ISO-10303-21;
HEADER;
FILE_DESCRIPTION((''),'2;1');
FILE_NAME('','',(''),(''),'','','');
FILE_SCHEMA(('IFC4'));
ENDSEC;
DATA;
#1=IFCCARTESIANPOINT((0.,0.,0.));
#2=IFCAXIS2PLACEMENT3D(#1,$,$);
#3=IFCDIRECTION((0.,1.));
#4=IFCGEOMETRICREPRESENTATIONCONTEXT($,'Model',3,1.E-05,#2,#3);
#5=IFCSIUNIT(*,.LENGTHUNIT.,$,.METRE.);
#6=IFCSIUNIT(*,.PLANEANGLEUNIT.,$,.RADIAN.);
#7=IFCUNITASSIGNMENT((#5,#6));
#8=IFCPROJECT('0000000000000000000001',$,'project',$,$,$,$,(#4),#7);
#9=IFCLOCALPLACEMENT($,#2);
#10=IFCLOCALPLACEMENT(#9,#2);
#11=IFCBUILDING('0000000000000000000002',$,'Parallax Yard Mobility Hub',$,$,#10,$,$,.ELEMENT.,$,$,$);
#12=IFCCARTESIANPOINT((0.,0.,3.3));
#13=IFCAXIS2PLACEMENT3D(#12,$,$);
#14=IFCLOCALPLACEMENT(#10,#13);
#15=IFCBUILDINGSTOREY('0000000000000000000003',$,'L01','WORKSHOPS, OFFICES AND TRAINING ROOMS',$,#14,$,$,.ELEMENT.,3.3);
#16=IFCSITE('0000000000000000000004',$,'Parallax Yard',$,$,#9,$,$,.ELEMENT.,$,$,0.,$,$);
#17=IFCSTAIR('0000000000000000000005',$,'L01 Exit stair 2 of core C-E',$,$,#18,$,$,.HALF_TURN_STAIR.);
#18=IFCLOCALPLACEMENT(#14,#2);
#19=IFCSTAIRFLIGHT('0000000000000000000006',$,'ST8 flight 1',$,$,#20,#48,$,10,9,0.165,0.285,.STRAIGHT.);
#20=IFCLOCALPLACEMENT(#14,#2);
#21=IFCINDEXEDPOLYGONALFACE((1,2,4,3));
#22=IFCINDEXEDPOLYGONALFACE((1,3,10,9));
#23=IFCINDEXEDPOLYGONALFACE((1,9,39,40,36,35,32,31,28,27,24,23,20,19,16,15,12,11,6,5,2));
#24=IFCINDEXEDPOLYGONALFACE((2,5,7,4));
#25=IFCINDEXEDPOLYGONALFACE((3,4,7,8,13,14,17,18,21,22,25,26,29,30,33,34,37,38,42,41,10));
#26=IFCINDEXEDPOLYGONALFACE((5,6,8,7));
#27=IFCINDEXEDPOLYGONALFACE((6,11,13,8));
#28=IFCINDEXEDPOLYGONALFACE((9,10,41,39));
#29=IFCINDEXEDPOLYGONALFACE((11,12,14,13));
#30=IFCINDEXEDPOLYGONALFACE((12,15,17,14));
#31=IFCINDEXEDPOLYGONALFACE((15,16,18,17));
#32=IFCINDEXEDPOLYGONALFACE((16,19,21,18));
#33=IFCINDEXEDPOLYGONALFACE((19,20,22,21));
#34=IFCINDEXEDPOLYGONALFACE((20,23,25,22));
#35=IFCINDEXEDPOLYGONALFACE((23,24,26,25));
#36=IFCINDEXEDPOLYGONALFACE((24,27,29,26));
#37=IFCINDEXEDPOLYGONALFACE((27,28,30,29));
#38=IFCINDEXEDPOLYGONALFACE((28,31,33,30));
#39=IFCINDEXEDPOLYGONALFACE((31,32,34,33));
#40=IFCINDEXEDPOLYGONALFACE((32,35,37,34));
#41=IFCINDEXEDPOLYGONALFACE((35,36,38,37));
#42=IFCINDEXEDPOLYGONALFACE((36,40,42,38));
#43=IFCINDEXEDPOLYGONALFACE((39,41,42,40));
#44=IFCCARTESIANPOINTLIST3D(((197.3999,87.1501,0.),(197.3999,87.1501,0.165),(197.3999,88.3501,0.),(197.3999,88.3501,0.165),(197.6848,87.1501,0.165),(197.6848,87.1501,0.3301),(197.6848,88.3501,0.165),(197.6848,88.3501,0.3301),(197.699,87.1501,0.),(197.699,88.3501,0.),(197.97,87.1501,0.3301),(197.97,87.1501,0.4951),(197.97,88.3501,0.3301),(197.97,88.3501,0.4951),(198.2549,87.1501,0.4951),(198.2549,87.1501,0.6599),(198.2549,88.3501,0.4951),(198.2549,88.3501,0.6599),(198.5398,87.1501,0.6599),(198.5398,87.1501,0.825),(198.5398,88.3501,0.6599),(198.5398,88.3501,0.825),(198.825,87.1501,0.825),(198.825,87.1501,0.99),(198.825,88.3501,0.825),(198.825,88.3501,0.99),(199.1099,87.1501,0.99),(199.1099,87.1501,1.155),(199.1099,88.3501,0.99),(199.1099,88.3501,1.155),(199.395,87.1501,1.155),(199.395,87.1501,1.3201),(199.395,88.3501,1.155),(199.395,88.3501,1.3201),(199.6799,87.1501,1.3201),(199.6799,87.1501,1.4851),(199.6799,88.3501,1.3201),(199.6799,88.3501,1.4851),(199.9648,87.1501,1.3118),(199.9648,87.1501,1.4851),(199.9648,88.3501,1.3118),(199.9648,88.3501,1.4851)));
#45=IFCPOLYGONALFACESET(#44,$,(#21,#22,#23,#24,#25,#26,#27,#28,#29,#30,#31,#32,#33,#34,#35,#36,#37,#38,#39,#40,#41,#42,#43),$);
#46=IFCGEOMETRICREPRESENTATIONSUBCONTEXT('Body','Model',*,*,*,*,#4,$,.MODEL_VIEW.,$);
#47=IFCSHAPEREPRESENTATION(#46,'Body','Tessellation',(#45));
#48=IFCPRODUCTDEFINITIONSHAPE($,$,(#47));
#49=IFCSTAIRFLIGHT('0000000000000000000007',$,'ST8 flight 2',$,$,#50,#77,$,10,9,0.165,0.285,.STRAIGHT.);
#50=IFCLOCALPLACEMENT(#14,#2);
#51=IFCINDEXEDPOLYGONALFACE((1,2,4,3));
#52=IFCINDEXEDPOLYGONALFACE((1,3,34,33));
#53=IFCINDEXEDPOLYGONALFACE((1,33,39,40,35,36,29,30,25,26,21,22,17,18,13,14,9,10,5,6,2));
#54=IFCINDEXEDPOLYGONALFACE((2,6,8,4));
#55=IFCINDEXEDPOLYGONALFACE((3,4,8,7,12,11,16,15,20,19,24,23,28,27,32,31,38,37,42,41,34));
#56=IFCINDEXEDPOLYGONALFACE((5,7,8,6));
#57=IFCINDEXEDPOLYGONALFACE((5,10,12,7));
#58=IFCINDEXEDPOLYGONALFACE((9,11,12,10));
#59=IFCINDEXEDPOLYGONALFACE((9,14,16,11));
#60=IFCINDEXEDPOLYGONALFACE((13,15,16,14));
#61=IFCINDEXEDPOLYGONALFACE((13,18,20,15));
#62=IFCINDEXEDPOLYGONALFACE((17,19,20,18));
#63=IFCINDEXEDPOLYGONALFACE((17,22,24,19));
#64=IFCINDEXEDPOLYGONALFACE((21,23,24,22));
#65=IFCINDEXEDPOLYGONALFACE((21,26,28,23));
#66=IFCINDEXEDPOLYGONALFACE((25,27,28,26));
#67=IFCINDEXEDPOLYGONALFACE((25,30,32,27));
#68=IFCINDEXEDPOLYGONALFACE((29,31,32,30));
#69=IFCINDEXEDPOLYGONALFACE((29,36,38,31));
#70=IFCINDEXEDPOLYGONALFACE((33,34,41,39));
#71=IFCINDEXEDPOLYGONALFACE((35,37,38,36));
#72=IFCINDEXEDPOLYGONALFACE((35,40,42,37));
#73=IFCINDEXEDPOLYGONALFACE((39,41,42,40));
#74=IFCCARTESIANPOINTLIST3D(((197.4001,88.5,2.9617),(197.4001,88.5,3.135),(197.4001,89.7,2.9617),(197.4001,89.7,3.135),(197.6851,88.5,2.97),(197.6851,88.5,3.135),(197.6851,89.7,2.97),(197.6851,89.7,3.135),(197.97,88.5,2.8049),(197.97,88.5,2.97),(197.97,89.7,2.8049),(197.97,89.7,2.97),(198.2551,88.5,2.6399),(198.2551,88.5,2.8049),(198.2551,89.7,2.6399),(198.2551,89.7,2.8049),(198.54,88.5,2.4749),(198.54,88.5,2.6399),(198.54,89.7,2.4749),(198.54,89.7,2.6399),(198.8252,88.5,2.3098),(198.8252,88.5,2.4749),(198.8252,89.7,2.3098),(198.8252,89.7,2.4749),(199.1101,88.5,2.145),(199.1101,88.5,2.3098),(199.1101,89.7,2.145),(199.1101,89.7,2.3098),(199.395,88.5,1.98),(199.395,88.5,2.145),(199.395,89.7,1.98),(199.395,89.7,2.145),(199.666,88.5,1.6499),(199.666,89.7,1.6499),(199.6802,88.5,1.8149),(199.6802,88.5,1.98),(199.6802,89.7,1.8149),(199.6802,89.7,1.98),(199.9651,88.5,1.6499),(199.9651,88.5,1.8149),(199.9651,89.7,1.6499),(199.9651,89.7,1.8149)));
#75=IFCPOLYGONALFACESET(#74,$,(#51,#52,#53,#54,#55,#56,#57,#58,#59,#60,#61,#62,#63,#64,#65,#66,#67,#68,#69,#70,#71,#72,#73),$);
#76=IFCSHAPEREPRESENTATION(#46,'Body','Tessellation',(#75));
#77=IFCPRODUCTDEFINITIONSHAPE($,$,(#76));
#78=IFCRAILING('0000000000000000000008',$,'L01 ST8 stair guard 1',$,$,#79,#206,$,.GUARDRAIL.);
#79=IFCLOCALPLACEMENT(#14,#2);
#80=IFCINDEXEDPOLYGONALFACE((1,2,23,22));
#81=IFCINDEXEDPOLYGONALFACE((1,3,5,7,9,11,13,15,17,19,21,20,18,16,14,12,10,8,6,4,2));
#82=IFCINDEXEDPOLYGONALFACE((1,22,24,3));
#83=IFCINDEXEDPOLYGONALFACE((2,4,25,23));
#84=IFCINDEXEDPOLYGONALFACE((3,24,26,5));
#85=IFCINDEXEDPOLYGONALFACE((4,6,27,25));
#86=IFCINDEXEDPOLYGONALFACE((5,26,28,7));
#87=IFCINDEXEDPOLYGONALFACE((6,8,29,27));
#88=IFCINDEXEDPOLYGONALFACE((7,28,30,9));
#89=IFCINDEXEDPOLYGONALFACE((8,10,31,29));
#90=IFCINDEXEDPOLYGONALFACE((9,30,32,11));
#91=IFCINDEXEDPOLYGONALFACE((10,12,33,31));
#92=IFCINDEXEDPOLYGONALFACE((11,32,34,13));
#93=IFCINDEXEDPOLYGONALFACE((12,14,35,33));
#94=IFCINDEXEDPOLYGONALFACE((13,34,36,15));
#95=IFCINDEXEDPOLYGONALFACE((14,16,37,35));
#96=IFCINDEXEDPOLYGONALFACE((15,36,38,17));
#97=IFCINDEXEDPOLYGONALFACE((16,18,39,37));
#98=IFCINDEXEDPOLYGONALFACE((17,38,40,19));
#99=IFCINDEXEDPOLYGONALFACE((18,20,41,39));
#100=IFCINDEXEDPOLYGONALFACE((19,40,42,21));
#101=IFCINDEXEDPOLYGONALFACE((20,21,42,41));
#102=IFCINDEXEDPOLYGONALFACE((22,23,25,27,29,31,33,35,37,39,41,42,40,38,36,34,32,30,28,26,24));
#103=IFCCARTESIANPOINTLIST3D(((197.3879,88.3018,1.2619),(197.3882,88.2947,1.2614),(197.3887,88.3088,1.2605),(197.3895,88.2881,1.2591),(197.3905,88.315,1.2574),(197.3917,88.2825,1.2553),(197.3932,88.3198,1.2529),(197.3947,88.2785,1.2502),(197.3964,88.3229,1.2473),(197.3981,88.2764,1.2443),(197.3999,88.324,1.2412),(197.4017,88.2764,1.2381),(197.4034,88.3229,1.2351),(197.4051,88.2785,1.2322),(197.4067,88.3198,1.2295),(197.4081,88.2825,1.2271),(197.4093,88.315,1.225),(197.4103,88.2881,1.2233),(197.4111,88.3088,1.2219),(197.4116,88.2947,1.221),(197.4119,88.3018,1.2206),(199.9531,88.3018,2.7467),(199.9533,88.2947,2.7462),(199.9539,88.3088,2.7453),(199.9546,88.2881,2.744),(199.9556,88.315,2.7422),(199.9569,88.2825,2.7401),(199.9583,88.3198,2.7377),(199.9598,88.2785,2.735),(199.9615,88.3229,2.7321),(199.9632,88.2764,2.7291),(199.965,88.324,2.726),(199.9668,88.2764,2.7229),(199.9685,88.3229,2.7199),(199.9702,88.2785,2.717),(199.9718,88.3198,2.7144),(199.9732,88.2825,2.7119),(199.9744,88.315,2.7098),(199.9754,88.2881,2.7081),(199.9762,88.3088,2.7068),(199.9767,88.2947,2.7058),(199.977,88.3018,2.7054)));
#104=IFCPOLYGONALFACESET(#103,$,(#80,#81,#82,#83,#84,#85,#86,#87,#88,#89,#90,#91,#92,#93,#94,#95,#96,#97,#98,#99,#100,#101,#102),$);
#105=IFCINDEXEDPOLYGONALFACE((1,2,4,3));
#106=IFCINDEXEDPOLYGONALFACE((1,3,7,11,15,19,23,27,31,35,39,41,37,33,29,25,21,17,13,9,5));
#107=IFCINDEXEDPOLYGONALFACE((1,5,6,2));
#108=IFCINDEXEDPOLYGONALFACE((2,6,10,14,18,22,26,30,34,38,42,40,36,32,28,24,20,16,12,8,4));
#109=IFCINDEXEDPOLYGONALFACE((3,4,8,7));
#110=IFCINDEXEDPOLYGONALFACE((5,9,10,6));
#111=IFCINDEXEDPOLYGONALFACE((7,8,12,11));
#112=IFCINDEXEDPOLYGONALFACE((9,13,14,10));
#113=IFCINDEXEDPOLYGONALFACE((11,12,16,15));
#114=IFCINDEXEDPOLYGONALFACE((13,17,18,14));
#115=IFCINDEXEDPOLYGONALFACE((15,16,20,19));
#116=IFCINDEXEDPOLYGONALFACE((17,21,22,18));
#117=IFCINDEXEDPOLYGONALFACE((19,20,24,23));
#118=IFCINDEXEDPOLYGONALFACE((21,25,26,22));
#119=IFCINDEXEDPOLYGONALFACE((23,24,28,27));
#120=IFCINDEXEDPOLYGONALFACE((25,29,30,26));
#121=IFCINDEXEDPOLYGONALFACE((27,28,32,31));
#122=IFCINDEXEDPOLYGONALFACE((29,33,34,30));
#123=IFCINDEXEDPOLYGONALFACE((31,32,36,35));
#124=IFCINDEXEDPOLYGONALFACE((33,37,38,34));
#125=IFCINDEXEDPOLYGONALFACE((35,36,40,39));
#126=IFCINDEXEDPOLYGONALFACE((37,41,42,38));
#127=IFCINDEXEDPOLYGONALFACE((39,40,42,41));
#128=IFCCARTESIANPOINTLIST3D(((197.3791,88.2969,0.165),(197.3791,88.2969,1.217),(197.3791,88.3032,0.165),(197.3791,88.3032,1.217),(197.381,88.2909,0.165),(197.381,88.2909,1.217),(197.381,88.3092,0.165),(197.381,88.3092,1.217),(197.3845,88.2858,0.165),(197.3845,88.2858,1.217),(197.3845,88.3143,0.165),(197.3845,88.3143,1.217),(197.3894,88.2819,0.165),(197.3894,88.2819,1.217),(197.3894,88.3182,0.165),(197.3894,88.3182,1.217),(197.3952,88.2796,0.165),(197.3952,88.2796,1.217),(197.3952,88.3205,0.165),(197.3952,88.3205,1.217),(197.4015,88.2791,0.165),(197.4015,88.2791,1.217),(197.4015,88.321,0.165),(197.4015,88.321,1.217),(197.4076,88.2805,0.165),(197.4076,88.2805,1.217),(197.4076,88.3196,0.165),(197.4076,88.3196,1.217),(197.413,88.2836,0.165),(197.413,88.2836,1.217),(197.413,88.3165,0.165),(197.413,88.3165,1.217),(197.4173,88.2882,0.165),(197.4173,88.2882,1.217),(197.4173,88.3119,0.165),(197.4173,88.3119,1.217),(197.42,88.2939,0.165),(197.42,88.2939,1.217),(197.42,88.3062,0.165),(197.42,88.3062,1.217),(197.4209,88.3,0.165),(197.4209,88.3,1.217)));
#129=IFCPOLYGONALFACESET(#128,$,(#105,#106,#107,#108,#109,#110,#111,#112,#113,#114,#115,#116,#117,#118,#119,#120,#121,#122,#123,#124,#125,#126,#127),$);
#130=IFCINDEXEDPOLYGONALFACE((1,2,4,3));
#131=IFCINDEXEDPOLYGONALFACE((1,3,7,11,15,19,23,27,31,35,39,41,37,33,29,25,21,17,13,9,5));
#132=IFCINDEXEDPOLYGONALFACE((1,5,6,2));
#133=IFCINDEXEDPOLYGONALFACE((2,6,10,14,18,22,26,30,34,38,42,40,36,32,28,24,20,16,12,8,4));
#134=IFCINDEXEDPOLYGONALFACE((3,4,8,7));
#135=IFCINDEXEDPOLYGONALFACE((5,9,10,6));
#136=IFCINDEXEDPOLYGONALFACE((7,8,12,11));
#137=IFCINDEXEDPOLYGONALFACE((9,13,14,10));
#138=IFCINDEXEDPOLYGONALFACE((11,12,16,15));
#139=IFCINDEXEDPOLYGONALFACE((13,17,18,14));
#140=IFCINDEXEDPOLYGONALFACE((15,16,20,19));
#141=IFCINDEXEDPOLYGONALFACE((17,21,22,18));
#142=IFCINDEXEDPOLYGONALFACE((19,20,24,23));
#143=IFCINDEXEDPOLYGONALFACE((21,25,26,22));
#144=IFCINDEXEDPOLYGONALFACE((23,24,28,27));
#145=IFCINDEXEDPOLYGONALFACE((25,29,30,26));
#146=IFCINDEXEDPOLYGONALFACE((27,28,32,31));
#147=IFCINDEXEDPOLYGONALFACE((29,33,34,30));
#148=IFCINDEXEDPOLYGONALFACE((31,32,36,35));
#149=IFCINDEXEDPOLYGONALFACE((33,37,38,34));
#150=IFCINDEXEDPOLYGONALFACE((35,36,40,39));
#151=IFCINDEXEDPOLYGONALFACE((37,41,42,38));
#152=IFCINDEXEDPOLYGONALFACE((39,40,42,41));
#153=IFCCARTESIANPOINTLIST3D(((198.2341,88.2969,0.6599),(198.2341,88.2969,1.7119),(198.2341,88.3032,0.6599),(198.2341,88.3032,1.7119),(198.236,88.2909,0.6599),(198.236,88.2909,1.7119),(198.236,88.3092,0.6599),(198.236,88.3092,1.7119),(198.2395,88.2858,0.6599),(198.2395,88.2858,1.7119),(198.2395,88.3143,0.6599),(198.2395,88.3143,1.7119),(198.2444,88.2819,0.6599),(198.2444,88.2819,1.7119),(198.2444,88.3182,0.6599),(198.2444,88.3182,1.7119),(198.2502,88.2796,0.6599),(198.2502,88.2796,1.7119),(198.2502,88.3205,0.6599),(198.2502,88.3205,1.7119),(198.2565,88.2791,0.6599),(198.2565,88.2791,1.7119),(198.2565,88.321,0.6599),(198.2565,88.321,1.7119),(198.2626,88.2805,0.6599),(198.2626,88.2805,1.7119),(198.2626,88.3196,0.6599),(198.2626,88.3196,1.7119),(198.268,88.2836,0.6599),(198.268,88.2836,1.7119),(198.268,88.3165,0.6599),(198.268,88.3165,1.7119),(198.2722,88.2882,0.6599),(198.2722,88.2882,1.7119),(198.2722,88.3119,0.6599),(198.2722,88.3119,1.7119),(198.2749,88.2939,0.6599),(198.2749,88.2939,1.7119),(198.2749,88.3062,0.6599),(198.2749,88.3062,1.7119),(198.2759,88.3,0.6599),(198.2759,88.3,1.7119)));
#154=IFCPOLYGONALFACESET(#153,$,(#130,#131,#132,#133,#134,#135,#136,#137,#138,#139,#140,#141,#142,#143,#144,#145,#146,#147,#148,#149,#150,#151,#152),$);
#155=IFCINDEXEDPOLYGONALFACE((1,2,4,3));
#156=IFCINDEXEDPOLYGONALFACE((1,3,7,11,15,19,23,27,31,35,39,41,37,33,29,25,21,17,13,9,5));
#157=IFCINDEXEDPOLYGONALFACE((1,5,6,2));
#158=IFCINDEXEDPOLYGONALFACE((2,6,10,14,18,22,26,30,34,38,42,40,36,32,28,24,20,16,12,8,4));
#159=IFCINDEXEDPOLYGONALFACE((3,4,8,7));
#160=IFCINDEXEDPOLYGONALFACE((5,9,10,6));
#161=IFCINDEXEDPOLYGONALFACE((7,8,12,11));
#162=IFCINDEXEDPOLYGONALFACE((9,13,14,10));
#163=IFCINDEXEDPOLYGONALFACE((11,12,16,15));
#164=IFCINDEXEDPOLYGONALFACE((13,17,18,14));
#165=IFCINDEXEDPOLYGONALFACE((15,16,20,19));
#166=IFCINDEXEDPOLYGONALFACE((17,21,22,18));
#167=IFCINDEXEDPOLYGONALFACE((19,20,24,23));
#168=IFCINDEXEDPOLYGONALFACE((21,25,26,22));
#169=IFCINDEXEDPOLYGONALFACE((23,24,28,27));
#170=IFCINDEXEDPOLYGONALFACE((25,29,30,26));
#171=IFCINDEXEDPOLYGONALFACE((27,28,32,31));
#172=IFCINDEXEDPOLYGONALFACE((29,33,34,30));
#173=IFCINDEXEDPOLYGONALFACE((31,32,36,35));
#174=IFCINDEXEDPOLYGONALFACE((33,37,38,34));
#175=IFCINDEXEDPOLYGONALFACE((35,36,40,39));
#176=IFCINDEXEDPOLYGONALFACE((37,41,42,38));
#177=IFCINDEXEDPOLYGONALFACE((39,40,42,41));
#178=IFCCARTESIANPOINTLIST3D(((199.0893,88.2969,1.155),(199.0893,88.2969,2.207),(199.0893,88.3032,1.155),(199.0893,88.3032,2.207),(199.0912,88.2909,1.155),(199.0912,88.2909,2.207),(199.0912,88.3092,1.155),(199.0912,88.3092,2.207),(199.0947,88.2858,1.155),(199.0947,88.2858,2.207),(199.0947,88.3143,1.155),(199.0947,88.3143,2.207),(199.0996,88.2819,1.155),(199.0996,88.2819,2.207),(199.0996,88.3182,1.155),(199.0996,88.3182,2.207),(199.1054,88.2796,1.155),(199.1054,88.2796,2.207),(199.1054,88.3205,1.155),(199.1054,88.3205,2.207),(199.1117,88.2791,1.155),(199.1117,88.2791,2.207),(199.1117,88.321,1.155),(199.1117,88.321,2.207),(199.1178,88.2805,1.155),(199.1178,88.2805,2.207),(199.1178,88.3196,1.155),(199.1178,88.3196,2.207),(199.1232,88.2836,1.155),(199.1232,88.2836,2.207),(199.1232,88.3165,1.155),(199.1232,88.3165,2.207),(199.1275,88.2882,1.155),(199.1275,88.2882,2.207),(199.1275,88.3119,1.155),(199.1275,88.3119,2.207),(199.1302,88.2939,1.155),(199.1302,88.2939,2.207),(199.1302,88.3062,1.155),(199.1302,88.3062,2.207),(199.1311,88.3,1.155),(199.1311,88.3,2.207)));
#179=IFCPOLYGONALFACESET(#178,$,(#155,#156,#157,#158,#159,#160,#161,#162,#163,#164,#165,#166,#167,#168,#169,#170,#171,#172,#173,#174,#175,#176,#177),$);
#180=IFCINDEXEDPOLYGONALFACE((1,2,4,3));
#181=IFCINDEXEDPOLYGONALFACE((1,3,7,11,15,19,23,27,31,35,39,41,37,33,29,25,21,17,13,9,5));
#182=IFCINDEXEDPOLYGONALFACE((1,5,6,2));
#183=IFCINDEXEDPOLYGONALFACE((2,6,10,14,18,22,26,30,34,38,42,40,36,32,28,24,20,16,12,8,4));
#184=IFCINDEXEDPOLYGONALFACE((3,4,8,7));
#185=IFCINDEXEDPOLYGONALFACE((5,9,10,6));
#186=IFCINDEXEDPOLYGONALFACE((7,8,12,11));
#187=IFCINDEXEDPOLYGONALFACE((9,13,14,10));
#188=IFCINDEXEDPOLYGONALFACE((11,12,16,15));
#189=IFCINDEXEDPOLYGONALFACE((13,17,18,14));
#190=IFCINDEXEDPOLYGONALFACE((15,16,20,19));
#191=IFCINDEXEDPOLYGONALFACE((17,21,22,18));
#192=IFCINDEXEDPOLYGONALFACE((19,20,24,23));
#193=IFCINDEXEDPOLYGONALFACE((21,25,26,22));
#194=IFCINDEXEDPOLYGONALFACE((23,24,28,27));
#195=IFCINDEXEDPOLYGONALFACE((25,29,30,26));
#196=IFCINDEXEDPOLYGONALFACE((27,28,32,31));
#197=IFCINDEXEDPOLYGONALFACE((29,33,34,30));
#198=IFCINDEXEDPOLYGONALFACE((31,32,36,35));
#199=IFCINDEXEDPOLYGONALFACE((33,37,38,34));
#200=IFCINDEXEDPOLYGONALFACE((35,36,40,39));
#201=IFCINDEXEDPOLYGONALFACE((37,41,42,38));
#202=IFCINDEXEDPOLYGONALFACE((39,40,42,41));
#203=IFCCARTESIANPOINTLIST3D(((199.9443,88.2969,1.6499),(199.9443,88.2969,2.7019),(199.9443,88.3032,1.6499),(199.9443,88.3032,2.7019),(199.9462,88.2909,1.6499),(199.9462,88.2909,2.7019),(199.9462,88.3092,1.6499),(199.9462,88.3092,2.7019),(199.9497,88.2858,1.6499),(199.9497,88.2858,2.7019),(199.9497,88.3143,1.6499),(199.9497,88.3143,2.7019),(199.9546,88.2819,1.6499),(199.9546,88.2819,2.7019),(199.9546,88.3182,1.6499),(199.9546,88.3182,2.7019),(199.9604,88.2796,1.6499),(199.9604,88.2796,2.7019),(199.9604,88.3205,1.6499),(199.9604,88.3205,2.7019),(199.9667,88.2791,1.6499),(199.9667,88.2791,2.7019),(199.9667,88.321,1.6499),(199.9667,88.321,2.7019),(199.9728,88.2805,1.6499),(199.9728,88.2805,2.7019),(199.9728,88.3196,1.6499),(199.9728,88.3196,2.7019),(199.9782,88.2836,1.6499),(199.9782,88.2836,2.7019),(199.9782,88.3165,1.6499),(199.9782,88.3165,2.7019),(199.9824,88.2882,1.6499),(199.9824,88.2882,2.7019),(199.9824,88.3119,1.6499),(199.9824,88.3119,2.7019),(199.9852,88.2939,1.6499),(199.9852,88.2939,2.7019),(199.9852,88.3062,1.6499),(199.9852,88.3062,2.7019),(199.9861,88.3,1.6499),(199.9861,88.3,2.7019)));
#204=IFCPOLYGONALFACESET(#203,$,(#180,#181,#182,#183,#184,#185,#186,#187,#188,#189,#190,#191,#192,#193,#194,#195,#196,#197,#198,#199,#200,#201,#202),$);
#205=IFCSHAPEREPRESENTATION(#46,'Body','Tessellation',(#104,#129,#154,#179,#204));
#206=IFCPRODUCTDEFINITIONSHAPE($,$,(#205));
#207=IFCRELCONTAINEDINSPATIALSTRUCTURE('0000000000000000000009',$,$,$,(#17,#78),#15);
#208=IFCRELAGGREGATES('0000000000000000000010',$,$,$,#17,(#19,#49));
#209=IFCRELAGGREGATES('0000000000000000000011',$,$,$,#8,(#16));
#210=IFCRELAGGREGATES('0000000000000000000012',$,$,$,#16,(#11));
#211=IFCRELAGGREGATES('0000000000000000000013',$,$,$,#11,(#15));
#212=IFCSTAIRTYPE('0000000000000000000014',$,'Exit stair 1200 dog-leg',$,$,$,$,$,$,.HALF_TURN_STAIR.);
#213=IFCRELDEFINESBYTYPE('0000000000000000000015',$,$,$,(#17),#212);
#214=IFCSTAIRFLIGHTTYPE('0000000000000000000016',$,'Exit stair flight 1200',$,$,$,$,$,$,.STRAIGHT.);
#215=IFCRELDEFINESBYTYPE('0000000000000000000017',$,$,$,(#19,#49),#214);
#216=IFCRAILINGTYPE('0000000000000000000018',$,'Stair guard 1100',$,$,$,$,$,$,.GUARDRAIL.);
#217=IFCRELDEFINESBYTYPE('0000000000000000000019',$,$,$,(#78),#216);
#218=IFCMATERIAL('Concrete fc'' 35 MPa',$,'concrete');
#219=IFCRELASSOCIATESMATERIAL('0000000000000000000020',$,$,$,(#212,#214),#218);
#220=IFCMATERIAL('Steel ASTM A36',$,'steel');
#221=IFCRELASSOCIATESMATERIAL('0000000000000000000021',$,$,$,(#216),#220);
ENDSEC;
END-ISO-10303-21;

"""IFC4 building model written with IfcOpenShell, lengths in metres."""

from ifc_helpers import new_model, si_unit, direction, frame, origin, origin_2d, place, context, subcontext, project, spatial, polyline, circle, outline, extrude, material, type_object, element, aggregate, save


model = new_model("IFC4")

# Units and contexts
model_context = context("Model", 3, precision=1e-05, world=origin(), true_north=direction((0.0, 1.0)))
body_context = subcontext(model_context, "Body", "Model", "MODEL_VIEW")
ifc_project = project(units=[si_unit("LENGTHUNIT", "METRE"), si_unit("PLANEANGLEUNIT", "RADIAN")], contexts=[model_context])

# Site, building, storey
site_placement = place(None, origin())
site = spatial("IfcSite", under=ifc_project, at=site_placement, Name="Parallax Yard", CompositionType="ELEMENT", RefElevation=0.0)
building_placement = place(site_placement, origin())
building = spatial("IfcBuilding", under=site, at=building_placement, Name="Parallax Yard Mobility Hub", CompositionType="ELEMENT")
storey_placement = place(building_placement, frame((0.0, 0.0, 3.3)))
storey = spatial("IfcBuildingStorey", under=building, at=storey_placement, Name="L01", Description="WORKSHOPS, OFFICES AND TRAINING ROOMS", CompositionType="ELEMENT", Elevation=3.3)

# Shared definitions
ifc_material_1 = material(Name="Concrete fc' 35 MPa", Category="concrete")

# Stair, stair flights
stair_type = type_object("IfcStairType", Name="Exit stair 1200 dog-leg", PredefinedType="HALF_TURN_STAIR", material=ifc_material_1)
stair_placement = place(storey_placement, origin())
stair = element("IfcStair", 1, at=stair_placement, inside=storey, type_object=stair_type, Name="L01 Exit stair 2 of core C-E", PredefinedType="HALF_TURN_STAIR")
stair_flight_type = type_object("IfcStairFlightType", Name="Exit stair flight 1200", PredefinedType="STRAIGHT", material=ifc_material_1)
stair_flight_1_placement = place(storey_placement, frame((197.3999, 87.75, 0.0), z_axis=(0.0, 0.0, 1.0), x_axis=(1.0, 0.0, 0.0)))
stair_flight_1 = element("IfcStairFlight", 2, at=stair_flight_1_placement, type_object=stair_flight_type, Name="ST8 flight 1", NumberOfRisers=10, NumberOfTreads=9, PredefinedType="STRAIGHT", RiserHeight=0.165, TreadLength=0.285, context=body_context, shape_type="SweptSolid", body=[
    extrude(outline(polyline([(0.0, 0.0), (0.0, 0.165), (0.2849, 0.165), (0.2849, 0.3301), (0.5701, 0.3301), (0.5701, 0.4951), (0.855, 0.4951), (0.855, 0.6599), (1.1399, 0.6599), (1.1399, 0.825), (1.425, 0.825), (1.425, 0.99), (1.71, 0.99), (1.71, 1.155), (1.9951, 1.155), (1.9951, 1.3201), (2.28, 1.3201), (2.28, 1.4851), (2.5649, 1.4851), (2.5649, 1.6499), (2.5649, 1.3118), (0.2991, 0.0), (0.0, 0.0)])), frame((0.0, 0.6001, 0.0), z_axis=(0.0, -1.0, 0.0), x_axis=(1.0, 0.0, 0.0)), (0.0, 0.0, 1.0), 1.2),
])
stair_flight_2_placement = place(storey_placement, frame((199.9651, 89.1001, 1.6499), z_axis=(0.0, 0.0, 1.0), x_axis=(-1.0, 0.0, 0.0)))
stair_flight_2 = element("IfcStairFlight", 3, at=stair_flight_2_placement, type_object=stair_flight_type, Name="ST8 flight 2", NumberOfRisers=10, NumberOfTreads=9, PredefinedType="STRAIGHT", RiserHeight=0.165, TreadLength=0.285, context=body_context, shape_type="SweptSolid", body=[
    extrude(outline(polyline([(0.0, 0.0), (0.0, 0.165), (0.2849, 0.165), (0.2849, 0.3301), (0.5701, 0.3301), (0.5701, 0.4951), (0.855, 0.4951), (0.855, 0.6599), (1.1399, 0.6599), (1.1399, 0.825), (1.425, 0.825), (1.425, 0.99), (1.71, 0.99), (1.71, 1.155), (1.9951, 1.155), (1.9951, 1.3201), (2.28, 1.3201), (2.28, 1.4851), (2.5649, 1.4851), (2.5649, 1.6499), (2.5649, 1.3118), (0.2991, 0.0), (0.0, 0.0)])), frame((0.0, 0.6001, 0.0), z_axis=(0.0, -1.0, 0.0), x_axis=(1.0, 0.0, 0.0)), (0.0, 0.0, 1.0), 1.2),
])
aggregate(stair, [stair_flight_1, stair_flight_2])

# Railing
ifc_material_2 = material(Name="Steel ASTM A36", Category="steel")
railing_type_1 = type_object("IfcRailingType", Name="Stair guard 1100", PredefinedType="GUARDRAIL", material=ifc_material_2)
railing_1_placement = place(storey_placement, frame((197.3999, 88.3, 0.165)))
element("IfcRailing", 4, at=railing_1_placement, inside=storey, type_object=railing_type_1, Name="L01 ST8 stair guard 1", PredefinedType="GUARDRAIL", context=body_context, shape_type="SweptSolid", body=[
    extrude(circle(Radius=0.0239, at=origin_2d()), frame((0.0, 0.0, 1.0762), z_axis=(0.865462, 0.0, 0.500975), x_axis=(0.0, 1.0, 0.0)), (0.0, 0.0, 1.0), 2.9639),
    extrude(circle(Radius=0.021, at=origin_2d()), origin(), (0.0, 0.0, 1.0), 1.052),
    extrude(circle(Radius=0.021, at=origin_2d()), frame((0.855, 0.0, 0.4949)), (0.0, 0.0, 1.0), 1.052),
    extrude(circle(Radius=0.021, at=origin_2d()), frame((1.7102, 0.0, 0.99)), (0.0, 0.0, 1.0), 1.052),
    extrude(circle(Radius=0.021, at=origin_2d()), frame((2.5652, 0.0, 1.4849)), (0.0, 0.0, 1.0), 1.052),
])

save(model, "model.ifc")
